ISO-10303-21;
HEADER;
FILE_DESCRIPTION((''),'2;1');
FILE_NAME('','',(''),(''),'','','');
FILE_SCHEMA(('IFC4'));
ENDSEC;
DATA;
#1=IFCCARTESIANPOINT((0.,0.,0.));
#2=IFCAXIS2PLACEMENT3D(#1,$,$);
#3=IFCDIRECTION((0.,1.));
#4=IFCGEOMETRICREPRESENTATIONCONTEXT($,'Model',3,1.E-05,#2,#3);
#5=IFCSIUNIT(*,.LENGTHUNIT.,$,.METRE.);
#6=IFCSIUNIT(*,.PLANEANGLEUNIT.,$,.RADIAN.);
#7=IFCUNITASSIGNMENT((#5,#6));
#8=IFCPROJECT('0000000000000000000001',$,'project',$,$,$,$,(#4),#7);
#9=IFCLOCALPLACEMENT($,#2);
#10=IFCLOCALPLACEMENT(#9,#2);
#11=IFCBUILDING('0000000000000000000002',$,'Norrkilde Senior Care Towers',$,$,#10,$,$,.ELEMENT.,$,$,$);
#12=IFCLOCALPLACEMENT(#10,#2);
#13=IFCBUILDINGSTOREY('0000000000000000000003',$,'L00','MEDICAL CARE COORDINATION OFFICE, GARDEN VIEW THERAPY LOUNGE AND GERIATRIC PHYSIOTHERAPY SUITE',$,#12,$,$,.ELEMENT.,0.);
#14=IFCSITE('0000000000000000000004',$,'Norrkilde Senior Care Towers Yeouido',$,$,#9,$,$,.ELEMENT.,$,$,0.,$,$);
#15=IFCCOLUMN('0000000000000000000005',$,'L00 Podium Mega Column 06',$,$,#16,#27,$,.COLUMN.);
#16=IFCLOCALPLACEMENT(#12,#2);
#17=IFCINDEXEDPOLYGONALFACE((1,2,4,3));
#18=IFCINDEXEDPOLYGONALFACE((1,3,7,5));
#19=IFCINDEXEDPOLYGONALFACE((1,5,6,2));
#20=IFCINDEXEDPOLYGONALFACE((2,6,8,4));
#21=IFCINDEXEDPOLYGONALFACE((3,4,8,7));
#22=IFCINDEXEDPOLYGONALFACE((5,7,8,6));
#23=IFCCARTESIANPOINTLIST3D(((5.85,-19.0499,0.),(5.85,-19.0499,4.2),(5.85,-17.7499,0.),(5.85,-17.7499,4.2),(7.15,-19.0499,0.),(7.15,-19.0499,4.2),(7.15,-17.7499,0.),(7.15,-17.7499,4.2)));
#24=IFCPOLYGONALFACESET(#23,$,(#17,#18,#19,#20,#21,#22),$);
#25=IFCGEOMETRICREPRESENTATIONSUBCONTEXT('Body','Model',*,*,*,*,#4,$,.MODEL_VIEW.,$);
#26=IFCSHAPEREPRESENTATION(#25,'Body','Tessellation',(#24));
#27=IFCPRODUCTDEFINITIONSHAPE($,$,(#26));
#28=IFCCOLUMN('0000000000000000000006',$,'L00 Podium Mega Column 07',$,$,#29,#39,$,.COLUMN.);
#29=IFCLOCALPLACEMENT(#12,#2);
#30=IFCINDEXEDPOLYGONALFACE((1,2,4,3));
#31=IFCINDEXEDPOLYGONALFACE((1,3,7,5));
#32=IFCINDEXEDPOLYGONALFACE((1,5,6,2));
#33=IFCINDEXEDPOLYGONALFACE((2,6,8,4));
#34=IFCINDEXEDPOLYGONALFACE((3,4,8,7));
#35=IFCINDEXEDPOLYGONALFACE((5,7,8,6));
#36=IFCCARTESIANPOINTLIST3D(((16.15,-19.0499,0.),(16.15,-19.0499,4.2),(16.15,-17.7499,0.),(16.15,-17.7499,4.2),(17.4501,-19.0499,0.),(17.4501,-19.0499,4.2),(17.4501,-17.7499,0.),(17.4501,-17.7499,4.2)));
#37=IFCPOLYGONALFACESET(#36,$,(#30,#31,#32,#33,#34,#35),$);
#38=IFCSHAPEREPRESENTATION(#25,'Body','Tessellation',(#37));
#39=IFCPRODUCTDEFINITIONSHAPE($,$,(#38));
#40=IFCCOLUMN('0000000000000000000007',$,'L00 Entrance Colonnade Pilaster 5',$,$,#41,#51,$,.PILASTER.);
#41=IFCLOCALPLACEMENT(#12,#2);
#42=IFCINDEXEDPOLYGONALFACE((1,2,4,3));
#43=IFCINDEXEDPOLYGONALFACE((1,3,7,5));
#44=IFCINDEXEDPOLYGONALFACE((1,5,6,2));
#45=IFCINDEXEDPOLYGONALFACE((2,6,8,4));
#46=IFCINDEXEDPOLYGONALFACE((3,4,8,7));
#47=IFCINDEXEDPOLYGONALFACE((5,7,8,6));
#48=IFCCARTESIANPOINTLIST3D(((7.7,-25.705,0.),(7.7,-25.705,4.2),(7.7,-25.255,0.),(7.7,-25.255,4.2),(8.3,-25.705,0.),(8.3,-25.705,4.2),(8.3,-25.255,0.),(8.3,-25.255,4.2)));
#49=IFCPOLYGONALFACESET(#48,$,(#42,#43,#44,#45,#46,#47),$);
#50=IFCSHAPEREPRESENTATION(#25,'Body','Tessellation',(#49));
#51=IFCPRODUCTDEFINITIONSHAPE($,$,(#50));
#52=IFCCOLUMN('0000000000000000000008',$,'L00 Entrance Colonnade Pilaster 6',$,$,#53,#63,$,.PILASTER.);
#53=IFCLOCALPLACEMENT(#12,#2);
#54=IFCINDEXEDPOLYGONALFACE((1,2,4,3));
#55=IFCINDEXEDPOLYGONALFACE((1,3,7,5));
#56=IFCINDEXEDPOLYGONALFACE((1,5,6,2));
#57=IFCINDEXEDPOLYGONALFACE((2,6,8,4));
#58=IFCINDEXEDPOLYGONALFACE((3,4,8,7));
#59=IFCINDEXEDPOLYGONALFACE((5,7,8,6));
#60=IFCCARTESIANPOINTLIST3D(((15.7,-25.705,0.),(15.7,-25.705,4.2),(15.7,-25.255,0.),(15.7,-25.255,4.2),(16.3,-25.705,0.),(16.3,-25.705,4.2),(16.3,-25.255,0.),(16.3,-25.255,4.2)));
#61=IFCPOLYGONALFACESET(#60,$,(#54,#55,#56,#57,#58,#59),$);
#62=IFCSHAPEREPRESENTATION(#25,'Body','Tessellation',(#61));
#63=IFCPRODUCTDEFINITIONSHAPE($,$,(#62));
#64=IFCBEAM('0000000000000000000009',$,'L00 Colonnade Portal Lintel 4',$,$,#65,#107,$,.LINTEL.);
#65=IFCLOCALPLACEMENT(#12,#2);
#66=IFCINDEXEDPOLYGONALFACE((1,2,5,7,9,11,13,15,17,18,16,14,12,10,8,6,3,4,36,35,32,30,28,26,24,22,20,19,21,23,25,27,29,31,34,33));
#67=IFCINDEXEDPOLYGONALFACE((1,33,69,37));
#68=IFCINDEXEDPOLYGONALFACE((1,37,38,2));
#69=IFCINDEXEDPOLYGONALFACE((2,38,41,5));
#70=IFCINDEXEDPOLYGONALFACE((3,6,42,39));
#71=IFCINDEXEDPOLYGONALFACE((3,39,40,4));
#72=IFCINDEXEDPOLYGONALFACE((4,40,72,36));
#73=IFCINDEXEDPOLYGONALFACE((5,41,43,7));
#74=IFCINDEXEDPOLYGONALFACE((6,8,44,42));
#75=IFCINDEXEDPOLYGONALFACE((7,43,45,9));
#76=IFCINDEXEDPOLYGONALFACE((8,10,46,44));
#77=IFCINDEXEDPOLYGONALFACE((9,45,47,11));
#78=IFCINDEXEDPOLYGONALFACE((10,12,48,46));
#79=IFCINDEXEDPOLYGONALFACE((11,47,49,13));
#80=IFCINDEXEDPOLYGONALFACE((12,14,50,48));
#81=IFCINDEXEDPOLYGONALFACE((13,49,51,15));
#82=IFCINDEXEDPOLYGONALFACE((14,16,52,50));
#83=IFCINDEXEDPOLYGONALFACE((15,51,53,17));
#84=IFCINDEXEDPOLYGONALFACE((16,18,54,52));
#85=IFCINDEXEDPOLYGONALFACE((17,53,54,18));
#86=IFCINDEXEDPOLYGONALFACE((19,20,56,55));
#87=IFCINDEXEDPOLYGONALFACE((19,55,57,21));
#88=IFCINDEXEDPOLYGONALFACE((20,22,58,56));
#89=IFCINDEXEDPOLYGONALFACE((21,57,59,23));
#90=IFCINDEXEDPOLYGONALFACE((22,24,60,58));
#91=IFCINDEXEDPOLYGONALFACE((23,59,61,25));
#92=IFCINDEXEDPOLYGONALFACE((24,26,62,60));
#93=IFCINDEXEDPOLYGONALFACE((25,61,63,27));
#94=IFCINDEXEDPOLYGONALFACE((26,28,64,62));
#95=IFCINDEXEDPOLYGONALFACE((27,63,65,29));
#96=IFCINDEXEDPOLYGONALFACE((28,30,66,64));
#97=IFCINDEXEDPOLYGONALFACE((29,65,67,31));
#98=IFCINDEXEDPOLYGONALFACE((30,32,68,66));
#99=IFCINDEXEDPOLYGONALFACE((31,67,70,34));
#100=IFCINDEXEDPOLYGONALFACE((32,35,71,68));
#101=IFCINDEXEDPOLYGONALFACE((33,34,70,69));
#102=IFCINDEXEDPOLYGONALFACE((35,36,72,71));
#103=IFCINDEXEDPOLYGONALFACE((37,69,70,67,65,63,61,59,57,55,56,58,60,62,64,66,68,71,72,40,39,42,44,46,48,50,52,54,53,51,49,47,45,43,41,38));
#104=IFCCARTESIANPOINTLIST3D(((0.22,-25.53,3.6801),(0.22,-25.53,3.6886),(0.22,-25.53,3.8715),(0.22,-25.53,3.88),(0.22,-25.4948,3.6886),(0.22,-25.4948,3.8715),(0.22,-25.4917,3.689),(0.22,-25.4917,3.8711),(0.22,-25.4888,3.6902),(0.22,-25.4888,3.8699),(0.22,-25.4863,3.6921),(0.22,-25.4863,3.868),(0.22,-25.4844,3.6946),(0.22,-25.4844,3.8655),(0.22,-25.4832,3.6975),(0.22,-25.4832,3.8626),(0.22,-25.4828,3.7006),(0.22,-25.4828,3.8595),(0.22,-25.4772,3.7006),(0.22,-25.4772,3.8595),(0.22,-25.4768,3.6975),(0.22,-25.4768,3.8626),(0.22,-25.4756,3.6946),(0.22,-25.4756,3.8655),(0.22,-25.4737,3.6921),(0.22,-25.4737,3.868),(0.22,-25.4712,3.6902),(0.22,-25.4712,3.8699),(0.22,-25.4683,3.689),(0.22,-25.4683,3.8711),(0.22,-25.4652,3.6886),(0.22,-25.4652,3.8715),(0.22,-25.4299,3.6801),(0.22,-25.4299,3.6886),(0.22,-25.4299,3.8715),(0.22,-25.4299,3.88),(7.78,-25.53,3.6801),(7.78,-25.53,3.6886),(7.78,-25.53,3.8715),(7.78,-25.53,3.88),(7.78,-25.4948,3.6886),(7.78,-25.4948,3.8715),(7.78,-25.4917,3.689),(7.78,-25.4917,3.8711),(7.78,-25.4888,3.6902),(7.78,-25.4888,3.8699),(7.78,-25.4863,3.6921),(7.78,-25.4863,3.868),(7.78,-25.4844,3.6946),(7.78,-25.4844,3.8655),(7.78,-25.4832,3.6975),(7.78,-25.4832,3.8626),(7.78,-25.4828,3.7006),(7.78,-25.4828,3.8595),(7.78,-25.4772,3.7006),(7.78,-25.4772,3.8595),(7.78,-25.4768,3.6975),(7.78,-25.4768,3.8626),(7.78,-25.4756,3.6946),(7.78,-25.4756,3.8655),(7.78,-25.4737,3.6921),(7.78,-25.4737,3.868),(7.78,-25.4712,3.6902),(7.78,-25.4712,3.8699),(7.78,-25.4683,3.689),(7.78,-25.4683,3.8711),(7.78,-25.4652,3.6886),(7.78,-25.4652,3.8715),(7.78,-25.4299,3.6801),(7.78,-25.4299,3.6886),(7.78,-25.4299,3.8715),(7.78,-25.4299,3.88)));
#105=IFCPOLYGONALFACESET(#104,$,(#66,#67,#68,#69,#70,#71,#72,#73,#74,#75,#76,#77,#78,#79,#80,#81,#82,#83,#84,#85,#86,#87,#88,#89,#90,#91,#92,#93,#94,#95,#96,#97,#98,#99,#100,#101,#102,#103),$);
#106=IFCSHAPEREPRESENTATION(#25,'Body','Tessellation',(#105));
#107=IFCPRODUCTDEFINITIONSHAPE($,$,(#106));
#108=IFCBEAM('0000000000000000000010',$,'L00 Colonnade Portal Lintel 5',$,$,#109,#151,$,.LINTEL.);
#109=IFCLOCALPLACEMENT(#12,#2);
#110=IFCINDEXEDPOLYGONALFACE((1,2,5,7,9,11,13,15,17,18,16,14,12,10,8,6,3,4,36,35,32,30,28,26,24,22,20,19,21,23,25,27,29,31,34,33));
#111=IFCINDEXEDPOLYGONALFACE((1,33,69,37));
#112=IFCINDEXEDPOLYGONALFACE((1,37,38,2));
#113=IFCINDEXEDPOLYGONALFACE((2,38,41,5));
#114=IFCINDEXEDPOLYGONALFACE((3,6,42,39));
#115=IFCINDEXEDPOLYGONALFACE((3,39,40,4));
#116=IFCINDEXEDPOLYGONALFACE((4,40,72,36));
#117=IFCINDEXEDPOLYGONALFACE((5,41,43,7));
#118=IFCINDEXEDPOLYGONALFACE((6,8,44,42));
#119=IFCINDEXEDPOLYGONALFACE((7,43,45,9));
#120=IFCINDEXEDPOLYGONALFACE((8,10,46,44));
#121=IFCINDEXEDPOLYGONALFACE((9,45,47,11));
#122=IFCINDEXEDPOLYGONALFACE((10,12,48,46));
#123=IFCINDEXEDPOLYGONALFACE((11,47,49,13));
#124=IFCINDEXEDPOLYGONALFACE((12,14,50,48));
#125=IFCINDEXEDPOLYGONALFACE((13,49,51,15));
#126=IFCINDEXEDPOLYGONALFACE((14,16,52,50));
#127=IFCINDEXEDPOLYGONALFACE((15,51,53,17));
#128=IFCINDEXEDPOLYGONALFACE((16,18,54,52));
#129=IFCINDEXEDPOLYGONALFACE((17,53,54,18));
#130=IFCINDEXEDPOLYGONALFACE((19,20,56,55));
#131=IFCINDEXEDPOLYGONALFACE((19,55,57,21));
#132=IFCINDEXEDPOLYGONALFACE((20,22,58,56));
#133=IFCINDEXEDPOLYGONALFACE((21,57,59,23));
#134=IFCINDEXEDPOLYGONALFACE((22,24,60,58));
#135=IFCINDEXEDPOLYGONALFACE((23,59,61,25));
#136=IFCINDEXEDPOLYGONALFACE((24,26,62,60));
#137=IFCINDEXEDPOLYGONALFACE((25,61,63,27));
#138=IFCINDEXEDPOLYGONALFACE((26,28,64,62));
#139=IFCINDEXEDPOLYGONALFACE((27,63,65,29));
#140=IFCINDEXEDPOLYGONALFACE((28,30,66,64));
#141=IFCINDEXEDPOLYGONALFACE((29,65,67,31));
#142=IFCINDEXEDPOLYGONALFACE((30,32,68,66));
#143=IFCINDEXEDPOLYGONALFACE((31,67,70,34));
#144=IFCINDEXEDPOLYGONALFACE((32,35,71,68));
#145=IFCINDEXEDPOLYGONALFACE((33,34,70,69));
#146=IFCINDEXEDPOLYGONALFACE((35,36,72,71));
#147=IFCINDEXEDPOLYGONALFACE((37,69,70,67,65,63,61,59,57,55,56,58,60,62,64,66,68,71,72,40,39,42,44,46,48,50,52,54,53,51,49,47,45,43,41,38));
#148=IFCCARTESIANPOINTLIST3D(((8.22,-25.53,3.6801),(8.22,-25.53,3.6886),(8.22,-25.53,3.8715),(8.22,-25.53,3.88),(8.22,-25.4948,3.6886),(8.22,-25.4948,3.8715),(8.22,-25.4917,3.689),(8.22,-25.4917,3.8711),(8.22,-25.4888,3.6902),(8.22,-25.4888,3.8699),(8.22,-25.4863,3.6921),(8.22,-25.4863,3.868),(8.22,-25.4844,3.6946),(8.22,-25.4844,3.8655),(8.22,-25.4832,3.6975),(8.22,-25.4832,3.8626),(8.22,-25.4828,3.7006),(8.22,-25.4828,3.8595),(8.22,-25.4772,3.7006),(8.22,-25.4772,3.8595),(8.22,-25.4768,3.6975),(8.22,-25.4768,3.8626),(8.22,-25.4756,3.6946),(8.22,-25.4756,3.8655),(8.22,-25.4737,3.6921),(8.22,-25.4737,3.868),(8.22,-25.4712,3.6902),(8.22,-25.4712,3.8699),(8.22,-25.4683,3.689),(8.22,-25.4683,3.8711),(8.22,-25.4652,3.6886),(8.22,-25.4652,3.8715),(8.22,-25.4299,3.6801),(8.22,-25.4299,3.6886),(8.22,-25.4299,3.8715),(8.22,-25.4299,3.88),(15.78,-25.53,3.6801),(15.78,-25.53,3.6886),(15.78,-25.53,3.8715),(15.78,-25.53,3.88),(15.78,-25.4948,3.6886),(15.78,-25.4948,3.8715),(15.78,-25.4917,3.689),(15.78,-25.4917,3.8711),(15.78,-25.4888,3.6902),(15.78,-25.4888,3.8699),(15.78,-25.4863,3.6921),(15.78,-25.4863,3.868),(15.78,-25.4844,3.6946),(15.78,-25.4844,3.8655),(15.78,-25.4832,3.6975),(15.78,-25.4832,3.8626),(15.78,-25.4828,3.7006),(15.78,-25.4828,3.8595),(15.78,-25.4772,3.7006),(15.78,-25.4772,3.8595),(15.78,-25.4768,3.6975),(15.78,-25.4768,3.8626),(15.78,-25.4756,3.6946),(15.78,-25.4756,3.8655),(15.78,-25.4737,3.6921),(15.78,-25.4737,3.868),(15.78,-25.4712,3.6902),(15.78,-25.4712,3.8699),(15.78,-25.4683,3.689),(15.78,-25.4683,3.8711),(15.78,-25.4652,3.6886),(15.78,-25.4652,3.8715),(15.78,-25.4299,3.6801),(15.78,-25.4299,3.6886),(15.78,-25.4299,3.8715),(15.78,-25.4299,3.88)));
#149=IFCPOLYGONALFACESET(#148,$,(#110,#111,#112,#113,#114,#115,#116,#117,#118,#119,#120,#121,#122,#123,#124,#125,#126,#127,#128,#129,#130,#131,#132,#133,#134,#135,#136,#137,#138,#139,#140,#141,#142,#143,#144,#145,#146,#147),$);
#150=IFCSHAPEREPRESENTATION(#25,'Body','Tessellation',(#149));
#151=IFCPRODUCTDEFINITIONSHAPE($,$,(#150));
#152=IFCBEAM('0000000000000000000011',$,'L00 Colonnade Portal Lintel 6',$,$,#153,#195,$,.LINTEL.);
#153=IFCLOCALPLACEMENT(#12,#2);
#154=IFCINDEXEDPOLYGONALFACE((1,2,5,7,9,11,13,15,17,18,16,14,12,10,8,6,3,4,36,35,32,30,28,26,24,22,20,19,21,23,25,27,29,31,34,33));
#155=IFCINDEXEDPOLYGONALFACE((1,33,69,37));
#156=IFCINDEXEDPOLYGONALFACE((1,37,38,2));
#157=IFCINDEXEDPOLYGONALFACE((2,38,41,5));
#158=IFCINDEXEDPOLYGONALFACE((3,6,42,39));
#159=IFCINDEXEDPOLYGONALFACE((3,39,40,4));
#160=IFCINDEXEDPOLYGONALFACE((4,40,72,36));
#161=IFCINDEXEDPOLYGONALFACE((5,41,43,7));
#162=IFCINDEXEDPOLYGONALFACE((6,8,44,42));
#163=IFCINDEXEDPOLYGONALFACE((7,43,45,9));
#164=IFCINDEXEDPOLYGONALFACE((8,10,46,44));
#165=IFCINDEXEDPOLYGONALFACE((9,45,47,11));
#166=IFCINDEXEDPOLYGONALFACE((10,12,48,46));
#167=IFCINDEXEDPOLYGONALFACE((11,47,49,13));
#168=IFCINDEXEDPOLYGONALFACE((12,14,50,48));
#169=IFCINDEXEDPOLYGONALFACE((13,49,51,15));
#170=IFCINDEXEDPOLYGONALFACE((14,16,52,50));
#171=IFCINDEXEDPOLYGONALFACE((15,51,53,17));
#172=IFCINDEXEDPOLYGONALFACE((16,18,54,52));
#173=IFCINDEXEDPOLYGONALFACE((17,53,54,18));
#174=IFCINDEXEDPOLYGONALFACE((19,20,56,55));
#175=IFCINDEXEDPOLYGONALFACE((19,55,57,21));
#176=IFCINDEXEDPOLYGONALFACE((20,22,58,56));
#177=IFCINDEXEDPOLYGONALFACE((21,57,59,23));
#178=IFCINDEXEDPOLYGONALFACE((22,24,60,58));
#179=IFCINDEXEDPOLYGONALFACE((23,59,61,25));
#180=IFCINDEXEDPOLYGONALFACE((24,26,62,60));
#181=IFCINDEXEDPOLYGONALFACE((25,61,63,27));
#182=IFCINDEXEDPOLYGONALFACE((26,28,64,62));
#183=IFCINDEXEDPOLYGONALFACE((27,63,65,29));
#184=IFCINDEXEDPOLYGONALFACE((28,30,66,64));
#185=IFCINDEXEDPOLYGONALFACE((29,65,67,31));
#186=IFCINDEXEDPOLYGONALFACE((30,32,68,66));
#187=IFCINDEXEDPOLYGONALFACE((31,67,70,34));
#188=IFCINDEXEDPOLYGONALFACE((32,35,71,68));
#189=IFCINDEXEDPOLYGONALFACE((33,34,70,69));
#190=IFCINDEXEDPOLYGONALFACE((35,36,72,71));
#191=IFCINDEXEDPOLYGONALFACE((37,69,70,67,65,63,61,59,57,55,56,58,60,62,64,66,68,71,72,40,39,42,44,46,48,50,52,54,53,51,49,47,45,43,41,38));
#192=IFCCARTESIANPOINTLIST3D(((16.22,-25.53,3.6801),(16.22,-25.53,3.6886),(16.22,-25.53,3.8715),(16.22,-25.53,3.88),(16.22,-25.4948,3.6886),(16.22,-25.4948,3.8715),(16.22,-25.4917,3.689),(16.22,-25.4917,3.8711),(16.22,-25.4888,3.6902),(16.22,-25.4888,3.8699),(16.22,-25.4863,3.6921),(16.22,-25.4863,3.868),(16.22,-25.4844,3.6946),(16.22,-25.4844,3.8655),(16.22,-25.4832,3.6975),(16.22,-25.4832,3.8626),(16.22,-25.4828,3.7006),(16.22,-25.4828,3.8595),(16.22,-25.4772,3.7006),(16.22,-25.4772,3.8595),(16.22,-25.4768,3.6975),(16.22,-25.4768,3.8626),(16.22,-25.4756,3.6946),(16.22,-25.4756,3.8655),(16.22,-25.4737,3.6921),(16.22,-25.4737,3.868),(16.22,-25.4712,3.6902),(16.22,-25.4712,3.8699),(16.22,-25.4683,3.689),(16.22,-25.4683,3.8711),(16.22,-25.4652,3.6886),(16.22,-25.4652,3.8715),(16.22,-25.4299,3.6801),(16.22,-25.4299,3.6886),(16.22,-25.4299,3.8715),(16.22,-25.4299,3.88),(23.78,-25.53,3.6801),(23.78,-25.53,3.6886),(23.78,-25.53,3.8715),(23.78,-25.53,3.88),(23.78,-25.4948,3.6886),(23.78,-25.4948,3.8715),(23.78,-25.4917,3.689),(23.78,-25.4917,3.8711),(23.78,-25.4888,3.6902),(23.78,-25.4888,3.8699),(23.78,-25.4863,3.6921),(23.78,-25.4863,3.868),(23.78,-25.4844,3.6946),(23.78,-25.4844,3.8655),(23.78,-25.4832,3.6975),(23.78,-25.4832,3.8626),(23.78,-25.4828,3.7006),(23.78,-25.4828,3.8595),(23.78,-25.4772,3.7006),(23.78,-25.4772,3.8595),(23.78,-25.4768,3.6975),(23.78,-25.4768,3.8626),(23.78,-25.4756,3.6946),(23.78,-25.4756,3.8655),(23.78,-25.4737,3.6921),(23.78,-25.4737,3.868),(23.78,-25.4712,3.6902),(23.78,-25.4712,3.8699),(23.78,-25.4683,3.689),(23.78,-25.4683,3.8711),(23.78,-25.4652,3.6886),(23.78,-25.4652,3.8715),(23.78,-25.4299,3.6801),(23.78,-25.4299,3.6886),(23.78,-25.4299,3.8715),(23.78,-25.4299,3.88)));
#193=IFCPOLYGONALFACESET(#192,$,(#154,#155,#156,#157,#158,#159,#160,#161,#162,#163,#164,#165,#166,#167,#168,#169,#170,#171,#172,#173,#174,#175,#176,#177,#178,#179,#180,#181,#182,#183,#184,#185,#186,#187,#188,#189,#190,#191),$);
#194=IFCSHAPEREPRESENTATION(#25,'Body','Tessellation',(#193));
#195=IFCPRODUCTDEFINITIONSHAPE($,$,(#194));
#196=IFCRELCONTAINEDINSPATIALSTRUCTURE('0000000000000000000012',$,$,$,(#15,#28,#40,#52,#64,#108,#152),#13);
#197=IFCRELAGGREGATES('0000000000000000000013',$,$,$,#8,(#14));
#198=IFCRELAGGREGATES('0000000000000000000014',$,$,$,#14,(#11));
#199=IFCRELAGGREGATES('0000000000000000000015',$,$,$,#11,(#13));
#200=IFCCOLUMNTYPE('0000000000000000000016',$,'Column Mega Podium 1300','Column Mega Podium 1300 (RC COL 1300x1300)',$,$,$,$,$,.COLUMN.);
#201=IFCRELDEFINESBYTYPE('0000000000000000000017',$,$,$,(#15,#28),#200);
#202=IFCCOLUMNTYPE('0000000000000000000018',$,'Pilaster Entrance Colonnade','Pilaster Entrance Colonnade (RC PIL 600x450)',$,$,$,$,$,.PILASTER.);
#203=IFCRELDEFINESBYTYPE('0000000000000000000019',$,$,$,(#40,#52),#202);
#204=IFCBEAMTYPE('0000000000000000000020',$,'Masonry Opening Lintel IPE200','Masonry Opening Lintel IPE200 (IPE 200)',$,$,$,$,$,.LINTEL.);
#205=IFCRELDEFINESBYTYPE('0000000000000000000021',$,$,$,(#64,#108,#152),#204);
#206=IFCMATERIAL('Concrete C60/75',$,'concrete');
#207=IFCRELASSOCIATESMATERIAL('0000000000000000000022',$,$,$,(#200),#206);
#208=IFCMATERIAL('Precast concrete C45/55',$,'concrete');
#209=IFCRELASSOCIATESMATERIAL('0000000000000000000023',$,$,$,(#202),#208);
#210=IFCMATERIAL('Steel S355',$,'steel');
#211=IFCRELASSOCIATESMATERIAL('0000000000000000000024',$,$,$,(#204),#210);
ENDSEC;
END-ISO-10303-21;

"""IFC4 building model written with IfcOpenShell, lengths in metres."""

from ifc_helpers import new_model, si_unit, direction, frame, origin, origin_2d, place, context, subcontext, project, spatial, rectangle, i_section, extrude, source, transform, mapped, material, material_profile, profile_set, type_object, type_shapes, element, save


model = new_model("IFC4")

# Units and contexts
model_context = context("Model", 3, precision=1e-05, world=origin(), true_north=direction((0.0, 1.0)))
body_context = subcontext(model_context, "Body", "Model", "MODEL_VIEW")
ifc_project = project(units=[si_unit("LENGTHUNIT", "METRE"), si_unit("PLANEANGLEUNIT", "RADIAN")], contexts=[model_context])

# Site, building, storey
site_placement = place(None, origin())
site = spatial("IfcSite", under=ifc_project, at=site_placement, Name="Norrkilde Senior Care Towers Yeouido", CompositionType="ELEMENT", RefElevation=0.0)
building_placement = place(site_placement, origin())
building = spatial("IfcBuilding", under=site, at=building_placement, Name="Norrkilde Senior Care Towers", CompositionType="ELEMENT")
storey_placement = place(building_placement, origin())
storey = spatial("IfcBuildingStorey", under=building, at=storey_placement, Name="L00", Description="MEDICAL CARE COORDINATION OFFICE, GARDEN VIEW THERAPY LOUNGE AND GERIATRIC PHYSIOTHERAPY SUITE", CompositionType="ELEMENT", Elevation=0.0)

# Columns
ifc_material_1 = material(Name="Concrete C60/75", Category="concrete")
ifc_material_profile_1 = material_profile(ifc_material_1, rectangle(XDim=1.3, YDim=1.3, at=origin_2d()), Name="RC COL 1300x1300")
ifc_profile_set_1 = profile_set([ifc_material_profile_1], Name="Concrete C60/75")
column_type_1 = type_object("IfcColumnType", Name="Column Mega Podium 1300", Description="Column Mega Podium 1300 (RC COL 1300x1300)", PredefinedType="COLUMN", material=ifc_profile_set_1)
shared_shape_1 = source(origin(), body_context, "Body", "SweptSolid", [
    extrude(rectangle(XDim=1.3, YDim=1.3, at=origin_2d()), origin(), (0.0, 0.0, 1.0), 4.2),
])
type_shapes(column_type_1, [shared_shape_1])
for number, where, z_axis, x_axis, name in (
    (1, (6.5, -18.3999, 0.0), (0.0, 0.0, 1.0), (1.0, 0.0, 0.0), "L00 Podium Mega Column 06"),
    (2, (16.8, -18.3999, 0.0), (0.0, 0.0, 1.0), (1.0, 0.0, 0.0), "L00 Podium Mega Column 07"),
):
    element("IfcColumn", number, at=place(storey_placement, frame(where, z_axis=z_axis, x_axis=x_axis)), inside=storey, type_object=column_type_1, Name=name, PredefinedType="COLUMN", context=body_context, shape_type="MappedRepresentation", body=[
        mapped(shared_shape_1, transform((0.0, 0.0, 0.0), x_axis=(1.0, 0.0, 0.0), y_axis=(0.0, 1.0, 0.0), z_axis=(0.0, 0.0, 1.0), scale=1.0)),
    ])
ifc_material_2 = material(Name="Precast concrete C45/55", Category="concrete")
ifc_material_profile_2 = material_profile(ifc_material_2, rectangle(XDim=0.6001, YDim=0.45, at=origin_2d()), Name="RC PIL 600x450")
ifc_profile_set_2 = profile_set([ifc_material_profile_2], Name="Precast concrete C45/55")
column_type_2 = type_object("IfcColumnType", Name="Pilaster Entrance Colonnade", Description="Pilaster Entrance Colonnade (RC PIL 600x450)", PredefinedType="PILASTER", material=ifc_profile_set_2)
shared_shape_2 = source(origin(), body_context, "Body", "SweptSolid", [
    extrude(rectangle(XDim=0.6001, YDim=0.45, at=origin_2d()), origin(), (0.0, 0.0, 1.0), 4.2),
])
type_shapes(column_type_2, [shared_shape_2])
for number, where, z_axis, x_axis, name in (
    (3, (8.0, -25.48, 0.0), (0.0, 0.0, 1.0), (1.0, 0.0, 0.0), "L00 Entrance Colonnade Pilaster 5"),
    (4, (16.0, -25.48, 0.0), (0.0, 0.0, 1.0), (1.0, 0.0, 0.0), "L00 Entrance Colonnade Pilaster 6"),
):
    element("IfcColumn", number, at=place(storey_placement, frame(where, z_axis=z_axis, x_axis=x_axis)), inside=storey, type_object=column_type_2, Name=name, PredefinedType="PILASTER", context=body_context, shape_type="MappedRepresentation", body=[
        mapped(shared_shape_2, transform((0.0, 0.0, 0.0), x_axis=(1.0, 0.0, 0.0), y_axis=(0.0, 1.0, 0.0), z_axis=(0.0, 0.0, 1.0), scale=1.0)),
    ])

# Beams
ifc_material_3 = material(Name="Steel S355", Category="steel")
ifc_material_profile_3 = material_profile(ifc_material_3, i_section(OverallWidth=0.1001, OverallDepth=0.2, WebThickness=0.0056, FlangeThickness=0.0085, FilletRadius=0.012, at=origin_2d()), Name="IPE 200")
ifc_profile_set_3 = profile_set([ifc_material_profile_3], Name="Steel S355")
beam_type_1 = type_object("IfcBeamType", Name="Masonry Opening Lintel IPE200", Description="Masonry Opening Lintel IPE200 (IPE 200)", PredefinedType="LINTEL", material=ifc_profile_set_3)
shared_shape_3 = source(origin(), body_context, "Body", "SweptSolid", [
    extrude(i_section(OverallWidth=0.1001, OverallDepth=0.2, WebThickness=0.0056, FlangeThickness=0.0085, FilletRadius=0.012, at=origin_2d()), origin(), (0.0, 0.0, 1.0), 7.5601),
])
type_shapes(beam_type_1, [shared_shape_3])
for number, where, z_axis, x_axis, name in (
    (5, (0.22, -25.48, 3.78), (1.0, 0.0, 0.0), (0.0, 1.0, 0.0), "L00 Colonnade Portal Lintel 4"),
    (6, (8.22, -25.48, 3.78), (1.0, 0.0, 0.0), (0.0, 1.0, 0.0), "L00 Colonnade Portal Lintel 5"),
    (7, (16.22, -25.48, 3.78), (1.0, 0.0, 0.0), (0.0, 1.0, 0.0), "L00 Colonnade Portal Lintel 6"),
):
    element("IfcBeam", number, at=place(storey_placement, frame(where, z_axis=z_axis, x_axis=x_axis)), inside=storey, type_object=beam_type_1, Name=name, PredefinedType="LINTEL", context=body_context, shape_type="MappedRepresentation", body=[
        mapped(shared_shape_3, transform((0.0, 0.0, 0.0), x_axis=(1.0, 0.0, 0.0), y_axis=(0.0, 1.0, 0.0), z_axis=(0.0, 0.0, 1.0), scale=1.0)),
    ])

save(model, "model.ifc")
